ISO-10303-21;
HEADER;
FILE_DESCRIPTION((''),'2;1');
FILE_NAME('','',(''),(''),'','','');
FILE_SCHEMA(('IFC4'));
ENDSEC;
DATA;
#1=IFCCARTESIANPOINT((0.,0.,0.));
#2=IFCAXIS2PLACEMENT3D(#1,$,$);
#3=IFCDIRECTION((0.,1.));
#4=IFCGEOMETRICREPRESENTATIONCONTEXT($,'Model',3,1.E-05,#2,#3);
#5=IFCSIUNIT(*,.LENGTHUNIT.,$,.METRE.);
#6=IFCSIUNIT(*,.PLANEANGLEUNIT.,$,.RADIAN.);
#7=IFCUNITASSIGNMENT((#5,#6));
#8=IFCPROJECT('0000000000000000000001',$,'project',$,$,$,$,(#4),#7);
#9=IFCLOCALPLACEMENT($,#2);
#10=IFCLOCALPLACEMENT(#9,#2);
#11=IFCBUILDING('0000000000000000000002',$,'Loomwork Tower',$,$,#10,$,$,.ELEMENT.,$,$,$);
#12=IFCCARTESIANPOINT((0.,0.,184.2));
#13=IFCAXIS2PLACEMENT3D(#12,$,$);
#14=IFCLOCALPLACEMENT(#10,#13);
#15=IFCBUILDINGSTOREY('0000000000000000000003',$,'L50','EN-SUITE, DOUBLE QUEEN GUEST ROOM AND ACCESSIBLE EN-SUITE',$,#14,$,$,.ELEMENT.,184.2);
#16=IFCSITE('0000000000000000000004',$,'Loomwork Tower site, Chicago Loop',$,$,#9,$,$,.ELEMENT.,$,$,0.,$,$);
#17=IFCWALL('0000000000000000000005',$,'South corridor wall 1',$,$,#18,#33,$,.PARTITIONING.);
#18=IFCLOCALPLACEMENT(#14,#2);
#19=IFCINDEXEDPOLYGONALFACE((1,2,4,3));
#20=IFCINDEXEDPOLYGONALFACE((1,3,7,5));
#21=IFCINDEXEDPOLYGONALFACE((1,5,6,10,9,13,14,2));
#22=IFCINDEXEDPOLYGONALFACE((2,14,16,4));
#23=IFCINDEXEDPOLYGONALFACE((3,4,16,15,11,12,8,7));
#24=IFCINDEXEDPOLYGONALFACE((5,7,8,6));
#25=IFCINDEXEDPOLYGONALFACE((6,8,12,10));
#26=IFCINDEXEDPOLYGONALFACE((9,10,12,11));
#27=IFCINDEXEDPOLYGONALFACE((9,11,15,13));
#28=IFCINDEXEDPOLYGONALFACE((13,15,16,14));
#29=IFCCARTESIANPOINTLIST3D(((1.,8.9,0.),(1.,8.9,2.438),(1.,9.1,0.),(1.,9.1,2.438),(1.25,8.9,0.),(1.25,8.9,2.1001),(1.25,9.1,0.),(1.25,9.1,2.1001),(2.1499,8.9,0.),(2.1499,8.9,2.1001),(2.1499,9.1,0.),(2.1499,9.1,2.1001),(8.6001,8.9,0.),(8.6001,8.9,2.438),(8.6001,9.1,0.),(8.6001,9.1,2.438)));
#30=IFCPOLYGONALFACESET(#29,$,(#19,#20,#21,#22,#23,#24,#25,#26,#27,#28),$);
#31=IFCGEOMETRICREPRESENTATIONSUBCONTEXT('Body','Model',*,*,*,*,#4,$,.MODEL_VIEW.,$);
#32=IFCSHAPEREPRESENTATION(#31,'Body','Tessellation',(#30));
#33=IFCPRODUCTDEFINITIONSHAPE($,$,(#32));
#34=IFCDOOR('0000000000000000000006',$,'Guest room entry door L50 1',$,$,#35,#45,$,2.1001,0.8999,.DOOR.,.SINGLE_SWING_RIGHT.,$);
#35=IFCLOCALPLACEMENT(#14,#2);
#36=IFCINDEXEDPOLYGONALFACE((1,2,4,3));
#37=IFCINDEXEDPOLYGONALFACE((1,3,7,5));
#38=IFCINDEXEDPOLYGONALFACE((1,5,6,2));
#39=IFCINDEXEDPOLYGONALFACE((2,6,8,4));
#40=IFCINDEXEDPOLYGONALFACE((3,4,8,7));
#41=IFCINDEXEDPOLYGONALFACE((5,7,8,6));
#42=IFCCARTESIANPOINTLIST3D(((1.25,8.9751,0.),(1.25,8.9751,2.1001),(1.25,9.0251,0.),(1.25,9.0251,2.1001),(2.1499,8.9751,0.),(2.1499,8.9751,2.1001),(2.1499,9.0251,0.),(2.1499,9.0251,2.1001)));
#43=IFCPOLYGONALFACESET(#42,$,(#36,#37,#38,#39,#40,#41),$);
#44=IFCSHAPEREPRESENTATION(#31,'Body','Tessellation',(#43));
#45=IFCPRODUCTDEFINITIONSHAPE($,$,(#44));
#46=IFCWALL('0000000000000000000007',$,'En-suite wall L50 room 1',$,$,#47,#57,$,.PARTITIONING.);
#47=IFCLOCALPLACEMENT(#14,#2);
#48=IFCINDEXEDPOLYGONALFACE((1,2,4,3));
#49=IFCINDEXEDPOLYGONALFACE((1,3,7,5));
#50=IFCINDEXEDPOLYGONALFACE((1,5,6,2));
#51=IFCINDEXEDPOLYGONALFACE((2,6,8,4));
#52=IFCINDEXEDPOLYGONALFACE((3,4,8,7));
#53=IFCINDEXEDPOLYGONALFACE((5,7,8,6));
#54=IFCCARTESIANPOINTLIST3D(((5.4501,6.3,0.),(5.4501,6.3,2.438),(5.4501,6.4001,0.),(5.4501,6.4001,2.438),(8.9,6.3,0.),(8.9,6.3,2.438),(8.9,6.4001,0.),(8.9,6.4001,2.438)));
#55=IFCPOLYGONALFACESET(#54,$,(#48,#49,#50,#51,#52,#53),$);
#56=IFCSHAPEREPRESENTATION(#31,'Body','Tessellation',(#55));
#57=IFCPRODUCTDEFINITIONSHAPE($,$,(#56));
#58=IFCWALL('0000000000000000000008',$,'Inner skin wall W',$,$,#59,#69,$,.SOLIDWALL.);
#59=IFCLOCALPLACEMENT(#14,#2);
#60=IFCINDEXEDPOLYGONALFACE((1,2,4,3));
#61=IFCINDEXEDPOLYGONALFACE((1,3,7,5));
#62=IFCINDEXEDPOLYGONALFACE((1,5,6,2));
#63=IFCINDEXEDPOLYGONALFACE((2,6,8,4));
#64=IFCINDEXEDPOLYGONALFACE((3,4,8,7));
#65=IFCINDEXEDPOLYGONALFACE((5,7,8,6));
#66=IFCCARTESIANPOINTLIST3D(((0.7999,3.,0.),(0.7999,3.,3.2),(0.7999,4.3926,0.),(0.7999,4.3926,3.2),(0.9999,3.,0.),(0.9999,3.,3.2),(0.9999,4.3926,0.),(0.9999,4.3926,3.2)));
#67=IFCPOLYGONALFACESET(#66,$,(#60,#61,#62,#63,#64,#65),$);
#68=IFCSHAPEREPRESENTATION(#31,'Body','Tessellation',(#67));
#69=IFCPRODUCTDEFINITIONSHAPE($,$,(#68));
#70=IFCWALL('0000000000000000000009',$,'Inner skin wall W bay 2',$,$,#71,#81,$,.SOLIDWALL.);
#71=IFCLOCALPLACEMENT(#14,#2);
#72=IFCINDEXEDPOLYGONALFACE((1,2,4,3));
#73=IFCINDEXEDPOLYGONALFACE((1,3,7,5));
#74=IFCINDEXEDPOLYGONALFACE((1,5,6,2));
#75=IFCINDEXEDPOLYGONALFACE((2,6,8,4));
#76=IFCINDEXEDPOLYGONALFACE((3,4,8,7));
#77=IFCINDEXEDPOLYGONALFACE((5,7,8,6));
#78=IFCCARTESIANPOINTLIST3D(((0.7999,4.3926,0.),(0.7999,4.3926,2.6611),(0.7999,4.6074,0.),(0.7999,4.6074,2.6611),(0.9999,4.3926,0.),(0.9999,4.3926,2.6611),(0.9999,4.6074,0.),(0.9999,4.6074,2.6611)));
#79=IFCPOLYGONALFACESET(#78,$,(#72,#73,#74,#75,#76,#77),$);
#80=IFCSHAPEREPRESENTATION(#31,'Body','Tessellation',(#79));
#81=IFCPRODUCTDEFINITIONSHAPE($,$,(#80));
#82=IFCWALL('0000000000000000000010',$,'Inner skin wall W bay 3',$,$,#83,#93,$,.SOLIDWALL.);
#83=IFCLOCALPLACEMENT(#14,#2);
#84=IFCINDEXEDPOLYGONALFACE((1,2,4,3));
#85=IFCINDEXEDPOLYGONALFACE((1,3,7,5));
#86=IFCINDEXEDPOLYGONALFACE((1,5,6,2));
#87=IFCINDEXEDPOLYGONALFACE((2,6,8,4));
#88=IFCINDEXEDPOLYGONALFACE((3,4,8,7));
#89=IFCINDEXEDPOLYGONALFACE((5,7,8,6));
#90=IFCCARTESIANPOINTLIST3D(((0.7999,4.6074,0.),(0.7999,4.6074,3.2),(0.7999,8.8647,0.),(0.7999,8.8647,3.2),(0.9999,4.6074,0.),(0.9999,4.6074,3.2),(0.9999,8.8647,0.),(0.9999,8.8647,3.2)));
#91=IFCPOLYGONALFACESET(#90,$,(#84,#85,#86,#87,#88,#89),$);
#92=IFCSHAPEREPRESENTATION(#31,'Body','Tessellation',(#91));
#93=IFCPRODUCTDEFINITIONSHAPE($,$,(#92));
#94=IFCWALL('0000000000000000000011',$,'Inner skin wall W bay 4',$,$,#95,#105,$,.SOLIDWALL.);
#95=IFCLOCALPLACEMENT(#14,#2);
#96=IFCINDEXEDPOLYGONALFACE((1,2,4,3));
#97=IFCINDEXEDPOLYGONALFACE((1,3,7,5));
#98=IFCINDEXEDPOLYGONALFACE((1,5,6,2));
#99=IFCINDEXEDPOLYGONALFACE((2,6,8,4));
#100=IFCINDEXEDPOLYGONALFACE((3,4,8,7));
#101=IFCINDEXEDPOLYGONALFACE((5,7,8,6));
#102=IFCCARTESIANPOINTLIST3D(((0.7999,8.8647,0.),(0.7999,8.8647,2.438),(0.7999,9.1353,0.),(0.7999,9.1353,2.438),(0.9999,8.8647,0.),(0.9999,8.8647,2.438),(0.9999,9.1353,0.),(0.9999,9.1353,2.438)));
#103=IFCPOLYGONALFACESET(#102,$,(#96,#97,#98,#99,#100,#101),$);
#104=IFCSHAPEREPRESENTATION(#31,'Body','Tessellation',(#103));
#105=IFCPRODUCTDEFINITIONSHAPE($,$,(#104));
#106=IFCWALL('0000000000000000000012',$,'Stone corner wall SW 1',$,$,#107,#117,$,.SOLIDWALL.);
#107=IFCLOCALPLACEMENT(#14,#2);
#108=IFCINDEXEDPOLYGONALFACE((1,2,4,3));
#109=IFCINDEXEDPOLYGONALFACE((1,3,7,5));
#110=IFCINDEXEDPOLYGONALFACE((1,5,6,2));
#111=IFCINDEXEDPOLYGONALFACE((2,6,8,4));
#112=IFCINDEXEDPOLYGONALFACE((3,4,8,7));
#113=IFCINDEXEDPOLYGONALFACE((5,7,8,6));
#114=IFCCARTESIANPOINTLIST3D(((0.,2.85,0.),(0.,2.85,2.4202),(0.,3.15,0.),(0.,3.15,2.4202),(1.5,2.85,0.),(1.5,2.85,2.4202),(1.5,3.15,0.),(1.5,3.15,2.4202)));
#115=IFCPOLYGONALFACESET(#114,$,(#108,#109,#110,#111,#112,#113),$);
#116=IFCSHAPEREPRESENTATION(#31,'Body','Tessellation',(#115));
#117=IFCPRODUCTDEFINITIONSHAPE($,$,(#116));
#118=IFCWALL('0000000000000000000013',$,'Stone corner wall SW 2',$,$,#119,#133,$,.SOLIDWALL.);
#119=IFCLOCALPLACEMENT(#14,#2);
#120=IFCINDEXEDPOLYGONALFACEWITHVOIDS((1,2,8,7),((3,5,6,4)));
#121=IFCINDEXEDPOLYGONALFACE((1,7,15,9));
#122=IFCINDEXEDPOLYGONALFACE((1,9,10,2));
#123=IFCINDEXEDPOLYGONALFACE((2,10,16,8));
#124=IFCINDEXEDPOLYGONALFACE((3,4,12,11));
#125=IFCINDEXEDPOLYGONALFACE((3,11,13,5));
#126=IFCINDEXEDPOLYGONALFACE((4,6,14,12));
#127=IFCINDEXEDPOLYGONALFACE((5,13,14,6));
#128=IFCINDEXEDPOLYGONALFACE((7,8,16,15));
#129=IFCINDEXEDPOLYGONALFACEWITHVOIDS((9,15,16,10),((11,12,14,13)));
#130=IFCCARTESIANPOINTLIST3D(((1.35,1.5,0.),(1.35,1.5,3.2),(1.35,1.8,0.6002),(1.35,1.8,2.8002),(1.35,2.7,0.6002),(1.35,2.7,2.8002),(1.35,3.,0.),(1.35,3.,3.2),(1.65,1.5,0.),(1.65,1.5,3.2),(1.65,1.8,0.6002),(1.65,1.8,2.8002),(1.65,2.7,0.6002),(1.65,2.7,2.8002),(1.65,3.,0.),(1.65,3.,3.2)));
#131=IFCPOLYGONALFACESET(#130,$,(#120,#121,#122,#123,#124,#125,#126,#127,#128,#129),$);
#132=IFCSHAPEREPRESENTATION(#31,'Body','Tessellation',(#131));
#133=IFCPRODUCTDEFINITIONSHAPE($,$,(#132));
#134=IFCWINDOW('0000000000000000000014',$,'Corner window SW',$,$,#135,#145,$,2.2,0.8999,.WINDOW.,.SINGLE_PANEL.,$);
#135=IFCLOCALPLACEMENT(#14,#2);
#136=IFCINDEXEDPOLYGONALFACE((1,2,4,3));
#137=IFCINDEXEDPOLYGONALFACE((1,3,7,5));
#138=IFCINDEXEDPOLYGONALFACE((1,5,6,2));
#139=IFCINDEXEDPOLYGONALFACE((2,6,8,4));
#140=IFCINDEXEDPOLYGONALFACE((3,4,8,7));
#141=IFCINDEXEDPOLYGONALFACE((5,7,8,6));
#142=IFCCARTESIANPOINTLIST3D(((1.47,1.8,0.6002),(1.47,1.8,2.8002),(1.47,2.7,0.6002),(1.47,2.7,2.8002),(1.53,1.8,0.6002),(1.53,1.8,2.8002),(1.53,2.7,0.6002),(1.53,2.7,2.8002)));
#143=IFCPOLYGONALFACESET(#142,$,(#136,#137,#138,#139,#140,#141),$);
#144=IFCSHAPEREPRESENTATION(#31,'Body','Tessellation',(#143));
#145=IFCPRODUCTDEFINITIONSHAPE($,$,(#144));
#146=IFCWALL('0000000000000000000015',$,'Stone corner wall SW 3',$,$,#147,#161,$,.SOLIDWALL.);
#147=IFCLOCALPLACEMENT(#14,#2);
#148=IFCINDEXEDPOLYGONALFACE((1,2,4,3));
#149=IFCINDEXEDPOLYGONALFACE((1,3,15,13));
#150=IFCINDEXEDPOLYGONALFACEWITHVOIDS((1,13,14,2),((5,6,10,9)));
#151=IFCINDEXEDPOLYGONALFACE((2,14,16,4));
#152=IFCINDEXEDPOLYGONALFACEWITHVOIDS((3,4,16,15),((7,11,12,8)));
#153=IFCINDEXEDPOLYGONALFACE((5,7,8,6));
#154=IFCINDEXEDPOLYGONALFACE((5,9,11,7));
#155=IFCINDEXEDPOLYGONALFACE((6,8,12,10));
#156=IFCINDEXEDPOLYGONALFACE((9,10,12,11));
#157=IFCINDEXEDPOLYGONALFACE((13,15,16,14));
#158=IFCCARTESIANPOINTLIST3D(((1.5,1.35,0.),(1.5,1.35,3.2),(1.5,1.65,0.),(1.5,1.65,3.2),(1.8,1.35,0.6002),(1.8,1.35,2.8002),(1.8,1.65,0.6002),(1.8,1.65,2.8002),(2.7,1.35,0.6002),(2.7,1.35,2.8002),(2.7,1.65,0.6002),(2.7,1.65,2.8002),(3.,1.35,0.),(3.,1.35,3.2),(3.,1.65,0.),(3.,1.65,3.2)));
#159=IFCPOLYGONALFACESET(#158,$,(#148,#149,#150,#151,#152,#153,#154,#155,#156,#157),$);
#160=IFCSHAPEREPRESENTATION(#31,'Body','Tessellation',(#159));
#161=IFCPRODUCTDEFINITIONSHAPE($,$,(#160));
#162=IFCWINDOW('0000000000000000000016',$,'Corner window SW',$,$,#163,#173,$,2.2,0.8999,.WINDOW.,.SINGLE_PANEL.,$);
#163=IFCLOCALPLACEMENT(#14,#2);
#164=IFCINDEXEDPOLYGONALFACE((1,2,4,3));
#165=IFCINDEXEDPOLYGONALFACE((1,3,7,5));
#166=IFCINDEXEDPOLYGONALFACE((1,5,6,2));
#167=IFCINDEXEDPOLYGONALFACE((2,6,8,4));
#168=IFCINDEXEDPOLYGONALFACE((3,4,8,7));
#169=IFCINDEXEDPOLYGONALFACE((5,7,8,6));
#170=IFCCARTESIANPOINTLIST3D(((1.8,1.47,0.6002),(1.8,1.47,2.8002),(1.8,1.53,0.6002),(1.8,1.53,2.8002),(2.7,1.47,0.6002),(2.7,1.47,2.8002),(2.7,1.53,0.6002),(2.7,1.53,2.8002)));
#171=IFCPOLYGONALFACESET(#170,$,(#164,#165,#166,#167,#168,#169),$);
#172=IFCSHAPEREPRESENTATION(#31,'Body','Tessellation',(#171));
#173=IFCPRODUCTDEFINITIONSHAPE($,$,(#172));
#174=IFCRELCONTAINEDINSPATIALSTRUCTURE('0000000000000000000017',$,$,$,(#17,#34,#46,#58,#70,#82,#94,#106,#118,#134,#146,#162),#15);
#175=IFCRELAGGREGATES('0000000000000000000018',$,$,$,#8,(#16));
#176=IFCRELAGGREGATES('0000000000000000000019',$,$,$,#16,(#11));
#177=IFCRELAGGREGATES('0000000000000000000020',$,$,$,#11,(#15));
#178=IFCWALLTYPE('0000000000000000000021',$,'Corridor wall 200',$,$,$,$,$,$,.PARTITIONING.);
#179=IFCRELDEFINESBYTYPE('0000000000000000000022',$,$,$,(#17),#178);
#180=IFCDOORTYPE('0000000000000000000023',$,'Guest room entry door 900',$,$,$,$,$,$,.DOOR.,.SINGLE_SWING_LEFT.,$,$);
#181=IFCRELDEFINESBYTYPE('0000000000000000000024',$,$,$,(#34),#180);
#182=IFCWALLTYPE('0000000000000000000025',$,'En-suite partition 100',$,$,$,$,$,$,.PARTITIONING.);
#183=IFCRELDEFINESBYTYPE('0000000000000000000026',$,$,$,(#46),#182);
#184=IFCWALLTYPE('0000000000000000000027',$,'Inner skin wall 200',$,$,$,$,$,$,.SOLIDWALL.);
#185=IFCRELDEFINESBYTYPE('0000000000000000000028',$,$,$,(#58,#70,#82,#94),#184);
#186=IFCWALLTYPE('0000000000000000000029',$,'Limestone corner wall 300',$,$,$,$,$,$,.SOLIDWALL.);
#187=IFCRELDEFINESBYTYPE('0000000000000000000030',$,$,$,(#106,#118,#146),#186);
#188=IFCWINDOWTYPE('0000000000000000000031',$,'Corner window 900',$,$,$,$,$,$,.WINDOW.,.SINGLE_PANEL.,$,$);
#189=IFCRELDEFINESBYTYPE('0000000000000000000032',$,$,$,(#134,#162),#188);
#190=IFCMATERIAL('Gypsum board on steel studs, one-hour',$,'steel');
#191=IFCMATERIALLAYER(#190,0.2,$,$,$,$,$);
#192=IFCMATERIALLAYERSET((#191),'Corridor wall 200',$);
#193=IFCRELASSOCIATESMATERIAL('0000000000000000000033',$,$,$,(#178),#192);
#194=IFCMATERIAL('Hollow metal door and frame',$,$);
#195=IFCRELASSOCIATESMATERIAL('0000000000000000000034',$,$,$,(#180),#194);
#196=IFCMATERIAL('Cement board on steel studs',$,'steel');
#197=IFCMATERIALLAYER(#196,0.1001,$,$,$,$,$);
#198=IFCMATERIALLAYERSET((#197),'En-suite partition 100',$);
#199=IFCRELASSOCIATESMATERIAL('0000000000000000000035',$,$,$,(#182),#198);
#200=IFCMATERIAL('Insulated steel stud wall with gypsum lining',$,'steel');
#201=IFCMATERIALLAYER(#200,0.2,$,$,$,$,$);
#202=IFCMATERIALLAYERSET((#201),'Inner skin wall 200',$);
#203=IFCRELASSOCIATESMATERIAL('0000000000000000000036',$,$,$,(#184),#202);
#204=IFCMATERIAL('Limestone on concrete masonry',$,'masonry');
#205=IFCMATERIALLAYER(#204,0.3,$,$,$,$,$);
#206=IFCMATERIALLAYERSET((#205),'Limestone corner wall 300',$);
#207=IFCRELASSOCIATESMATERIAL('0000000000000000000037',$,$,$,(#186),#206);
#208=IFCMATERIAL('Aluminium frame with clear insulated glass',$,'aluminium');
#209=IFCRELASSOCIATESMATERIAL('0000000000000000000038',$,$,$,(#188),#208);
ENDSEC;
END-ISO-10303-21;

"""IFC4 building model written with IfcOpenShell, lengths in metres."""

from ifc_helpers import new_model, si_unit, direction, frame, frame_2d, origin, place, context, subcontext, project, spatial, rectangle, extrude, material, layer, layer_set, type_object, element, fill, save


model = new_model("IFC4")

# Units and contexts
model_context = context("Model", 3, precision=1e-05, world=origin(), true_north=direction((0.0, 1.0)))
body_context = subcontext(model_context, "Body", "Model", "MODEL_VIEW")
ifc_project = project(units=[si_unit("LENGTHUNIT", "METRE"), si_unit("PLANEANGLEUNIT", "RADIAN")], contexts=[model_context])

# Site, building, storey
site_placement = place(None, origin())
site = spatial("IfcSite", under=ifc_project, at=site_placement, Name="Loomwork Tower site, Chicago Loop", CompositionType="ELEMENT", RefElevation=0.0)
building_placement = place(site_placement, origin())
building = spatial("IfcBuilding", under=site, at=building_placement, Name="Loomwork Tower", CompositionType="ELEMENT")
storey_placement = place(building_placement, frame((0.0, 0.0, 184.2)))
storey = spatial("IfcBuildingStorey", under=building, at=storey_placement, Name="L50", Description="EN-SUITE, DOUBLE QUEEN GUEST ROOM AND ACCESSIBLE EN-SUITE", CompositionType="ELEMENT", Elevation=184.2)

# Wall, opening, door
ifc_material_1 = material(Name="Gypsum board on steel studs, one-hour", Category="steel")
ifc_layer_1 = layer(ifc_material_1, 0.2)
ifc_layer_set_1 = layer_set([ifc_layer_1], Name="Corridor wall 200")
wall_type_1 = type_object("IfcWallType", Name="Corridor wall 200", PredefinedType="PARTITIONING", material=ifc_layer_set_1)
wall_1_placement = place(storey_placement, frame((1.0, 9.0, 0.0), z_axis=(0.0, 0.0, 1.0), x_axis=(1.0, 0.0, 0.0)))
wall_1 = element("IfcWall", 1, at=wall_1_placement, inside=storey, type_object=wall_type_1, Name="South corridor wall 1", PredefinedType="PARTITIONING", context=body_context, shape_type="SweptSolid", body=[
    extrude(rectangle(XDim=7.6001, YDim=0.2, at=frame_2d((3.8, 0.0))), origin(), (0.0, 0.0, 1.0), 2.438),
])
opening_1_placement = place(wall_1_placement, frame((0.25, 0.0, 0.0)))
opening_1 = element("IfcOpeningElement", 2, at=opening_1_placement, cuts=wall_1, PredefinedType="OPENING", context=body_context, shape_type="SweptSolid", body=[
    extrude(rectangle(XDim=0.8999, YDim=2.1001, at=frame_2d((0.45, 1.05))), frame((0.0, 0.1099, 0.0), z_axis=(0.0, -1.0, 0.0), x_axis=(1.0, 0.0, 0.0)), (0.0, 0.0, 1.0), 0.22),
])
ifc_material_2 = material(Name="Hollow metal door and frame")
door_type = type_object("IfcDoorType", Name="Guest room entry door 900", OperationType="SINGLE_SWING_LEFT", PredefinedType="DOOR", material=ifc_material_2)
door_placement = place(opening_1_placement, frame((0.8999, 0.0, 0.0), z_axis=(0.0, 0.0, 1.0), x_axis=(-1.0, 0.0, 0.0)))
door = element("IfcDoor", 3, at=door_placement, inside=storey, type_object=door_type, Name="Guest room entry door L50 1", OperationType="SINGLE_SWING_RIGHT", OverallHeight=2.1001, OverallWidth=0.8999, PredefinedType="DOOR", context=body_context, shape_type="SweptSolid", body=[
    extrude(rectangle(XDim=0.8999, YDim=2.1001, at=frame_2d((0.45, 1.05))), frame((0.0, 0.0249, 0.0), z_axis=(0.0, -1.0, 0.0), x_axis=(1.0, 0.0, 0.0)), (0.0, 0.0, 1.0), 0.05),
])
fill(opening_1, door)

# Walls
ifc_material_3 = material(Name="Cement board on steel studs", Category="steel")
ifc_layer_2 = layer(ifc_material_3, 0.1001)
ifc_layer_set_2 = layer_set([ifc_layer_2], Name="En-suite partition 100")
wall_type_2 = type_object("IfcWallType", Name="En-suite partition 100", PredefinedType="PARTITIONING", material=ifc_layer_set_2)
wall_2_placement = place(storey_placement, frame((5.45, 6.3501, 0.0), z_axis=(0.0, 0.0, 1.0), x_axis=(1.0, 0.0, 0.0)))
element("IfcWall", 4, at=wall_2_placement, inside=storey, type_object=wall_type_2, Name="En-suite wall L50 room 1", PredefinedType="PARTITIONING", context=body_context, shape_type="SweptSolid", body=[
    extrude(rectangle(XDim=3.45, YDim=0.1001, at=frame_2d((1.7251, 0.0))), origin(), (0.0, 0.0, 1.0), 2.438),
])
ifc_material_4 = material(Name="Insulated steel stud wall with gypsum lining", Category="steel")
ifc_layer_3 = layer(ifc_material_4, 0.2)
ifc_layer_set_3 = layer_set([ifc_layer_3], Name="Inner skin wall 200")
wall_type_3 = type_object("IfcWallType", Name="Inner skin wall 200", PredefinedType="SOLIDWALL", material=ifc_layer_set_3)
wall_3_placement = place(storey_placement, frame((0.8999, 3.0, 0.0), z_axis=(0.0, 0.0, 1.0), x_axis=(0.0, 1.0, 0.0)))
element("IfcWall", 5, at=wall_3_placement, inside=storey, type_object=wall_type_3, Name="Inner skin wall W", PredefinedType="SOLIDWALL", context=body_context, shape_type="SweptSolid", body=[
    extrude(rectangle(XDim=1.3926, YDim=0.2, at=frame_2d((0.6963, 0.0))), origin(), (0.0, 0.0, 1.0), 3.2),
])
wall_4_placement = place(storey_placement, frame((0.8999, 4.3926, 0.0), z_axis=(0.0, 0.0, 1.0), x_axis=(0.0, 1.0, 0.0)))
element("IfcWall", 6, at=wall_4_placement, inside=storey, type_object=wall_type_3, Name="Inner skin wall W bay 2", PredefinedType="SOLIDWALL", context=body_context, shape_type="SweptSolid", body=[
    extrude(rectangle(XDim=0.2148, YDim=0.2, at=frame_2d((0.1074, 0.0))), origin(), (0.0, 0.0, 1.0), 2.6611),
])
wall_5_placement = place(storey_placement, frame((0.8999, 4.6074, 0.0), z_axis=(0.0, 0.0, 1.0), x_axis=(0.0, 1.0, 0.0)))
element("IfcWall", 7, at=wall_5_placement, inside=storey, type_object=wall_type_3, Name="Inner skin wall W bay 3", PredefinedType="SOLIDWALL", context=body_context, shape_type="SweptSolid", body=[
    extrude(rectangle(XDim=4.2573, YDim=0.2, at=frame_2d((2.1287, 0.0))), origin(), (0.0, 0.0, 1.0), 3.2),
])
wall_6_placement = place(storey_placement, frame((0.8999, 8.8647, 0.0), z_axis=(0.0, 0.0, 1.0), x_axis=(0.0, 1.0, 0.0)))
element("IfcWall", 8, at=wall_6_placement, inside=storey, type_object=wall_type_3, Name="Inner skin wall W bay 4", PredefinedType="SOLIDWALL", context=body_context, shape_type="SweptSolid", body=[
    extrude(rectangle(XDim=0.2705, YDim=0.2, at=frame_2d((0.1353, 0.0))), origin(), (0.0, 0.0, 1.0), 2.438),
])
ifc_material_5 = material(Name="Limestone on concrete masonry", Category="masonry")
ifc_layer_4 = layer(ifc_material_5, 0.3)
ifc_layer_set_4 = layer_set([ifc_layer_4], Name="Limestone corner wall 300")
wall_type_4 = type_object("IfcWallType", Name="Limestone corner wall 300", PredefinedType="SOLIDWALL", material=ifc_layer_set_4)
wall_7_placement = place(storey_placement, frame((0.0, 3.0, 0.0), z_axis=(0.0, 0.0, 1.0), x_axis=(1.0, 0.0, 0.0)))
element("IfcWall", 9, at=wall_7_placement, inside=storey, type_object=wall_type_4, Name="Stone corner wall SW 1", PredefinedType="SOLIDWALL", context=body_context, shape_type="SweptSolid", body=[
    extrude(rectangle(XDim=1.5, YDim=0.3, at=frame_2d((0.75, 0.0))), origin(), (0.0, 0.0, 1.0), 2.4202),
])

# Walls, openings, windows
wall_8_placement = place(storey_placement, frame((1.5, 3.0, 0.0), z_axis=(0.0, 0.0, 1.0), x_axis=(0.0, -1.0, 0.0)))
wall_8 = element("IfcWall", 10, at=wall_8_placement, inside=storey, type_object=wall_type_4, Name="Stone corner wall SW 2", PredefinedType="SOLIDWALL", context=body_context, shape_type="SweptSolid", body=[
    extrude(rectangle(XDim=1.5, YDim=0.3, at=frame_2d((0.75, 0.0))), origin(), (0.0, 0.0, 1.0), 3.2),
])
opening_2_placement = place(wall_8_placement, frame((0.3, 0.0, 0.6001)))
opening_2 = element("IfcOpeningElement", 11, at=opening_2_placement, cuts=wall_8, PredefinedType="OPENING", context=body_context, shape_type="SweptSolid", body=[
    extrude(rectangle(XDim=0.8999, YDim=2.2, at=frame_2d((0.45, 1.1001))), frame((0.0, 0.1599, 0.0), z_axis=(0.0, -1.0, 0.0), x_axis=(1.0, 0.0, 0.0)), (0.0, 0.0, 1.0), 0.3201),
])
ifc_material_6 = material(Name="Aluminium frame with clear insulated glass", Category="aluminium")
window_type = type_object("IfcWindowType", Name="Corner window 900", PartitioningType="SINGLE_PANEL", PredefinedType="WINDOW", material=ifc_material_6)
window_1_placement = place(opening_2_placement, origin())
window_1 = element("IfcWindow", 12, at=window_1_placement, inside=storey, type_object=window_type, Name="Corner window SW", OverallHeight=2.2, OverallWidth=0.8999, PartitioningType="SINGLE_PANEL", PredefinedType="WINDOW", context=body_context, shape_type="SweptSolid", body=[
    extrude(rectangle(XDim=0.8999, YDim=2.2, at=frame_2d((0.45, 1.1001))), frame((0.0, 0.03, 0.0), z_axis=(0.0, -1.0, 0.0), x_axis=(1.0, 0.0, 0.0)), (0.0, 0.0, 1.0), 0.0601),
])
fill(opening_2, window_1)
wall_9_placement = place(storey_placement, frame((1.5, 1.5, 0.0), z_axis=(0.0, 0.0, 1.0), x_axis=(1.0, 0.0, 0.0)))
wall_9 = element("IfcWall", 13, at=wall_9_placement, inside=storey, type_object=wall_type_4, Name="Stone corner wall SW 3", PredefinedType="SOLIDWALL", context=body_context, shape_type="SweptSolid", body=[
    extrude(rectangle(XDim=1.5, YDim=0.3, at=frame_2d((0.75, 0.0))), origin(), (0.0, 0.0, 1.0), 3.2),
])
opening_3_placement = place(wall_9_placement, frame((0.3, 0.0, 0.6001)))
opening_3 = element("IfcOpeningElement", 14, at=opening_3_placement, cuts=wall_9, PredefinedType="OPENING", context=body_context, shape_type="SweptSolid", body=[
    extrude(rectangle(XDim=0.8999, YDim=2.2, at=frame_2d((0.45, 1.1001))), frame((0.0, 0.1599, 0.0), z_axis=(0.0, -1.0, 0.0), x_axis=(1.0, 0.0, 0.0)), (0.0, 0.0, 1.0), 0.3201),
])
window_2_placement = place(opening_3_placement, origin())
window_2 = element("IfcWindow", 15, at=window_2_placement, inside=storey, type_object=window_type, Name="Corner window SW", OverallHeight=2.2, OverallWidth=0.8999, PartitioningType="SINGLE_PANEL", PredefinedType="WINDOW", context=body_context, shape_type="SweptSolid", body=[
    extrude(rectangle(XDim=0.8999, YDim=2.2, at=frame_2d((0.45, 1.1001))), frame((0.0, 0.03, 0.0), z_axis=(0.0, -1.0, 0.0), x_axis=(1.0, 0.0, 0.0)), (0.0, 0.0, 1.0), 0.0601),
])
fill(opening_3, window_2)

save(model, "model.ifc")
